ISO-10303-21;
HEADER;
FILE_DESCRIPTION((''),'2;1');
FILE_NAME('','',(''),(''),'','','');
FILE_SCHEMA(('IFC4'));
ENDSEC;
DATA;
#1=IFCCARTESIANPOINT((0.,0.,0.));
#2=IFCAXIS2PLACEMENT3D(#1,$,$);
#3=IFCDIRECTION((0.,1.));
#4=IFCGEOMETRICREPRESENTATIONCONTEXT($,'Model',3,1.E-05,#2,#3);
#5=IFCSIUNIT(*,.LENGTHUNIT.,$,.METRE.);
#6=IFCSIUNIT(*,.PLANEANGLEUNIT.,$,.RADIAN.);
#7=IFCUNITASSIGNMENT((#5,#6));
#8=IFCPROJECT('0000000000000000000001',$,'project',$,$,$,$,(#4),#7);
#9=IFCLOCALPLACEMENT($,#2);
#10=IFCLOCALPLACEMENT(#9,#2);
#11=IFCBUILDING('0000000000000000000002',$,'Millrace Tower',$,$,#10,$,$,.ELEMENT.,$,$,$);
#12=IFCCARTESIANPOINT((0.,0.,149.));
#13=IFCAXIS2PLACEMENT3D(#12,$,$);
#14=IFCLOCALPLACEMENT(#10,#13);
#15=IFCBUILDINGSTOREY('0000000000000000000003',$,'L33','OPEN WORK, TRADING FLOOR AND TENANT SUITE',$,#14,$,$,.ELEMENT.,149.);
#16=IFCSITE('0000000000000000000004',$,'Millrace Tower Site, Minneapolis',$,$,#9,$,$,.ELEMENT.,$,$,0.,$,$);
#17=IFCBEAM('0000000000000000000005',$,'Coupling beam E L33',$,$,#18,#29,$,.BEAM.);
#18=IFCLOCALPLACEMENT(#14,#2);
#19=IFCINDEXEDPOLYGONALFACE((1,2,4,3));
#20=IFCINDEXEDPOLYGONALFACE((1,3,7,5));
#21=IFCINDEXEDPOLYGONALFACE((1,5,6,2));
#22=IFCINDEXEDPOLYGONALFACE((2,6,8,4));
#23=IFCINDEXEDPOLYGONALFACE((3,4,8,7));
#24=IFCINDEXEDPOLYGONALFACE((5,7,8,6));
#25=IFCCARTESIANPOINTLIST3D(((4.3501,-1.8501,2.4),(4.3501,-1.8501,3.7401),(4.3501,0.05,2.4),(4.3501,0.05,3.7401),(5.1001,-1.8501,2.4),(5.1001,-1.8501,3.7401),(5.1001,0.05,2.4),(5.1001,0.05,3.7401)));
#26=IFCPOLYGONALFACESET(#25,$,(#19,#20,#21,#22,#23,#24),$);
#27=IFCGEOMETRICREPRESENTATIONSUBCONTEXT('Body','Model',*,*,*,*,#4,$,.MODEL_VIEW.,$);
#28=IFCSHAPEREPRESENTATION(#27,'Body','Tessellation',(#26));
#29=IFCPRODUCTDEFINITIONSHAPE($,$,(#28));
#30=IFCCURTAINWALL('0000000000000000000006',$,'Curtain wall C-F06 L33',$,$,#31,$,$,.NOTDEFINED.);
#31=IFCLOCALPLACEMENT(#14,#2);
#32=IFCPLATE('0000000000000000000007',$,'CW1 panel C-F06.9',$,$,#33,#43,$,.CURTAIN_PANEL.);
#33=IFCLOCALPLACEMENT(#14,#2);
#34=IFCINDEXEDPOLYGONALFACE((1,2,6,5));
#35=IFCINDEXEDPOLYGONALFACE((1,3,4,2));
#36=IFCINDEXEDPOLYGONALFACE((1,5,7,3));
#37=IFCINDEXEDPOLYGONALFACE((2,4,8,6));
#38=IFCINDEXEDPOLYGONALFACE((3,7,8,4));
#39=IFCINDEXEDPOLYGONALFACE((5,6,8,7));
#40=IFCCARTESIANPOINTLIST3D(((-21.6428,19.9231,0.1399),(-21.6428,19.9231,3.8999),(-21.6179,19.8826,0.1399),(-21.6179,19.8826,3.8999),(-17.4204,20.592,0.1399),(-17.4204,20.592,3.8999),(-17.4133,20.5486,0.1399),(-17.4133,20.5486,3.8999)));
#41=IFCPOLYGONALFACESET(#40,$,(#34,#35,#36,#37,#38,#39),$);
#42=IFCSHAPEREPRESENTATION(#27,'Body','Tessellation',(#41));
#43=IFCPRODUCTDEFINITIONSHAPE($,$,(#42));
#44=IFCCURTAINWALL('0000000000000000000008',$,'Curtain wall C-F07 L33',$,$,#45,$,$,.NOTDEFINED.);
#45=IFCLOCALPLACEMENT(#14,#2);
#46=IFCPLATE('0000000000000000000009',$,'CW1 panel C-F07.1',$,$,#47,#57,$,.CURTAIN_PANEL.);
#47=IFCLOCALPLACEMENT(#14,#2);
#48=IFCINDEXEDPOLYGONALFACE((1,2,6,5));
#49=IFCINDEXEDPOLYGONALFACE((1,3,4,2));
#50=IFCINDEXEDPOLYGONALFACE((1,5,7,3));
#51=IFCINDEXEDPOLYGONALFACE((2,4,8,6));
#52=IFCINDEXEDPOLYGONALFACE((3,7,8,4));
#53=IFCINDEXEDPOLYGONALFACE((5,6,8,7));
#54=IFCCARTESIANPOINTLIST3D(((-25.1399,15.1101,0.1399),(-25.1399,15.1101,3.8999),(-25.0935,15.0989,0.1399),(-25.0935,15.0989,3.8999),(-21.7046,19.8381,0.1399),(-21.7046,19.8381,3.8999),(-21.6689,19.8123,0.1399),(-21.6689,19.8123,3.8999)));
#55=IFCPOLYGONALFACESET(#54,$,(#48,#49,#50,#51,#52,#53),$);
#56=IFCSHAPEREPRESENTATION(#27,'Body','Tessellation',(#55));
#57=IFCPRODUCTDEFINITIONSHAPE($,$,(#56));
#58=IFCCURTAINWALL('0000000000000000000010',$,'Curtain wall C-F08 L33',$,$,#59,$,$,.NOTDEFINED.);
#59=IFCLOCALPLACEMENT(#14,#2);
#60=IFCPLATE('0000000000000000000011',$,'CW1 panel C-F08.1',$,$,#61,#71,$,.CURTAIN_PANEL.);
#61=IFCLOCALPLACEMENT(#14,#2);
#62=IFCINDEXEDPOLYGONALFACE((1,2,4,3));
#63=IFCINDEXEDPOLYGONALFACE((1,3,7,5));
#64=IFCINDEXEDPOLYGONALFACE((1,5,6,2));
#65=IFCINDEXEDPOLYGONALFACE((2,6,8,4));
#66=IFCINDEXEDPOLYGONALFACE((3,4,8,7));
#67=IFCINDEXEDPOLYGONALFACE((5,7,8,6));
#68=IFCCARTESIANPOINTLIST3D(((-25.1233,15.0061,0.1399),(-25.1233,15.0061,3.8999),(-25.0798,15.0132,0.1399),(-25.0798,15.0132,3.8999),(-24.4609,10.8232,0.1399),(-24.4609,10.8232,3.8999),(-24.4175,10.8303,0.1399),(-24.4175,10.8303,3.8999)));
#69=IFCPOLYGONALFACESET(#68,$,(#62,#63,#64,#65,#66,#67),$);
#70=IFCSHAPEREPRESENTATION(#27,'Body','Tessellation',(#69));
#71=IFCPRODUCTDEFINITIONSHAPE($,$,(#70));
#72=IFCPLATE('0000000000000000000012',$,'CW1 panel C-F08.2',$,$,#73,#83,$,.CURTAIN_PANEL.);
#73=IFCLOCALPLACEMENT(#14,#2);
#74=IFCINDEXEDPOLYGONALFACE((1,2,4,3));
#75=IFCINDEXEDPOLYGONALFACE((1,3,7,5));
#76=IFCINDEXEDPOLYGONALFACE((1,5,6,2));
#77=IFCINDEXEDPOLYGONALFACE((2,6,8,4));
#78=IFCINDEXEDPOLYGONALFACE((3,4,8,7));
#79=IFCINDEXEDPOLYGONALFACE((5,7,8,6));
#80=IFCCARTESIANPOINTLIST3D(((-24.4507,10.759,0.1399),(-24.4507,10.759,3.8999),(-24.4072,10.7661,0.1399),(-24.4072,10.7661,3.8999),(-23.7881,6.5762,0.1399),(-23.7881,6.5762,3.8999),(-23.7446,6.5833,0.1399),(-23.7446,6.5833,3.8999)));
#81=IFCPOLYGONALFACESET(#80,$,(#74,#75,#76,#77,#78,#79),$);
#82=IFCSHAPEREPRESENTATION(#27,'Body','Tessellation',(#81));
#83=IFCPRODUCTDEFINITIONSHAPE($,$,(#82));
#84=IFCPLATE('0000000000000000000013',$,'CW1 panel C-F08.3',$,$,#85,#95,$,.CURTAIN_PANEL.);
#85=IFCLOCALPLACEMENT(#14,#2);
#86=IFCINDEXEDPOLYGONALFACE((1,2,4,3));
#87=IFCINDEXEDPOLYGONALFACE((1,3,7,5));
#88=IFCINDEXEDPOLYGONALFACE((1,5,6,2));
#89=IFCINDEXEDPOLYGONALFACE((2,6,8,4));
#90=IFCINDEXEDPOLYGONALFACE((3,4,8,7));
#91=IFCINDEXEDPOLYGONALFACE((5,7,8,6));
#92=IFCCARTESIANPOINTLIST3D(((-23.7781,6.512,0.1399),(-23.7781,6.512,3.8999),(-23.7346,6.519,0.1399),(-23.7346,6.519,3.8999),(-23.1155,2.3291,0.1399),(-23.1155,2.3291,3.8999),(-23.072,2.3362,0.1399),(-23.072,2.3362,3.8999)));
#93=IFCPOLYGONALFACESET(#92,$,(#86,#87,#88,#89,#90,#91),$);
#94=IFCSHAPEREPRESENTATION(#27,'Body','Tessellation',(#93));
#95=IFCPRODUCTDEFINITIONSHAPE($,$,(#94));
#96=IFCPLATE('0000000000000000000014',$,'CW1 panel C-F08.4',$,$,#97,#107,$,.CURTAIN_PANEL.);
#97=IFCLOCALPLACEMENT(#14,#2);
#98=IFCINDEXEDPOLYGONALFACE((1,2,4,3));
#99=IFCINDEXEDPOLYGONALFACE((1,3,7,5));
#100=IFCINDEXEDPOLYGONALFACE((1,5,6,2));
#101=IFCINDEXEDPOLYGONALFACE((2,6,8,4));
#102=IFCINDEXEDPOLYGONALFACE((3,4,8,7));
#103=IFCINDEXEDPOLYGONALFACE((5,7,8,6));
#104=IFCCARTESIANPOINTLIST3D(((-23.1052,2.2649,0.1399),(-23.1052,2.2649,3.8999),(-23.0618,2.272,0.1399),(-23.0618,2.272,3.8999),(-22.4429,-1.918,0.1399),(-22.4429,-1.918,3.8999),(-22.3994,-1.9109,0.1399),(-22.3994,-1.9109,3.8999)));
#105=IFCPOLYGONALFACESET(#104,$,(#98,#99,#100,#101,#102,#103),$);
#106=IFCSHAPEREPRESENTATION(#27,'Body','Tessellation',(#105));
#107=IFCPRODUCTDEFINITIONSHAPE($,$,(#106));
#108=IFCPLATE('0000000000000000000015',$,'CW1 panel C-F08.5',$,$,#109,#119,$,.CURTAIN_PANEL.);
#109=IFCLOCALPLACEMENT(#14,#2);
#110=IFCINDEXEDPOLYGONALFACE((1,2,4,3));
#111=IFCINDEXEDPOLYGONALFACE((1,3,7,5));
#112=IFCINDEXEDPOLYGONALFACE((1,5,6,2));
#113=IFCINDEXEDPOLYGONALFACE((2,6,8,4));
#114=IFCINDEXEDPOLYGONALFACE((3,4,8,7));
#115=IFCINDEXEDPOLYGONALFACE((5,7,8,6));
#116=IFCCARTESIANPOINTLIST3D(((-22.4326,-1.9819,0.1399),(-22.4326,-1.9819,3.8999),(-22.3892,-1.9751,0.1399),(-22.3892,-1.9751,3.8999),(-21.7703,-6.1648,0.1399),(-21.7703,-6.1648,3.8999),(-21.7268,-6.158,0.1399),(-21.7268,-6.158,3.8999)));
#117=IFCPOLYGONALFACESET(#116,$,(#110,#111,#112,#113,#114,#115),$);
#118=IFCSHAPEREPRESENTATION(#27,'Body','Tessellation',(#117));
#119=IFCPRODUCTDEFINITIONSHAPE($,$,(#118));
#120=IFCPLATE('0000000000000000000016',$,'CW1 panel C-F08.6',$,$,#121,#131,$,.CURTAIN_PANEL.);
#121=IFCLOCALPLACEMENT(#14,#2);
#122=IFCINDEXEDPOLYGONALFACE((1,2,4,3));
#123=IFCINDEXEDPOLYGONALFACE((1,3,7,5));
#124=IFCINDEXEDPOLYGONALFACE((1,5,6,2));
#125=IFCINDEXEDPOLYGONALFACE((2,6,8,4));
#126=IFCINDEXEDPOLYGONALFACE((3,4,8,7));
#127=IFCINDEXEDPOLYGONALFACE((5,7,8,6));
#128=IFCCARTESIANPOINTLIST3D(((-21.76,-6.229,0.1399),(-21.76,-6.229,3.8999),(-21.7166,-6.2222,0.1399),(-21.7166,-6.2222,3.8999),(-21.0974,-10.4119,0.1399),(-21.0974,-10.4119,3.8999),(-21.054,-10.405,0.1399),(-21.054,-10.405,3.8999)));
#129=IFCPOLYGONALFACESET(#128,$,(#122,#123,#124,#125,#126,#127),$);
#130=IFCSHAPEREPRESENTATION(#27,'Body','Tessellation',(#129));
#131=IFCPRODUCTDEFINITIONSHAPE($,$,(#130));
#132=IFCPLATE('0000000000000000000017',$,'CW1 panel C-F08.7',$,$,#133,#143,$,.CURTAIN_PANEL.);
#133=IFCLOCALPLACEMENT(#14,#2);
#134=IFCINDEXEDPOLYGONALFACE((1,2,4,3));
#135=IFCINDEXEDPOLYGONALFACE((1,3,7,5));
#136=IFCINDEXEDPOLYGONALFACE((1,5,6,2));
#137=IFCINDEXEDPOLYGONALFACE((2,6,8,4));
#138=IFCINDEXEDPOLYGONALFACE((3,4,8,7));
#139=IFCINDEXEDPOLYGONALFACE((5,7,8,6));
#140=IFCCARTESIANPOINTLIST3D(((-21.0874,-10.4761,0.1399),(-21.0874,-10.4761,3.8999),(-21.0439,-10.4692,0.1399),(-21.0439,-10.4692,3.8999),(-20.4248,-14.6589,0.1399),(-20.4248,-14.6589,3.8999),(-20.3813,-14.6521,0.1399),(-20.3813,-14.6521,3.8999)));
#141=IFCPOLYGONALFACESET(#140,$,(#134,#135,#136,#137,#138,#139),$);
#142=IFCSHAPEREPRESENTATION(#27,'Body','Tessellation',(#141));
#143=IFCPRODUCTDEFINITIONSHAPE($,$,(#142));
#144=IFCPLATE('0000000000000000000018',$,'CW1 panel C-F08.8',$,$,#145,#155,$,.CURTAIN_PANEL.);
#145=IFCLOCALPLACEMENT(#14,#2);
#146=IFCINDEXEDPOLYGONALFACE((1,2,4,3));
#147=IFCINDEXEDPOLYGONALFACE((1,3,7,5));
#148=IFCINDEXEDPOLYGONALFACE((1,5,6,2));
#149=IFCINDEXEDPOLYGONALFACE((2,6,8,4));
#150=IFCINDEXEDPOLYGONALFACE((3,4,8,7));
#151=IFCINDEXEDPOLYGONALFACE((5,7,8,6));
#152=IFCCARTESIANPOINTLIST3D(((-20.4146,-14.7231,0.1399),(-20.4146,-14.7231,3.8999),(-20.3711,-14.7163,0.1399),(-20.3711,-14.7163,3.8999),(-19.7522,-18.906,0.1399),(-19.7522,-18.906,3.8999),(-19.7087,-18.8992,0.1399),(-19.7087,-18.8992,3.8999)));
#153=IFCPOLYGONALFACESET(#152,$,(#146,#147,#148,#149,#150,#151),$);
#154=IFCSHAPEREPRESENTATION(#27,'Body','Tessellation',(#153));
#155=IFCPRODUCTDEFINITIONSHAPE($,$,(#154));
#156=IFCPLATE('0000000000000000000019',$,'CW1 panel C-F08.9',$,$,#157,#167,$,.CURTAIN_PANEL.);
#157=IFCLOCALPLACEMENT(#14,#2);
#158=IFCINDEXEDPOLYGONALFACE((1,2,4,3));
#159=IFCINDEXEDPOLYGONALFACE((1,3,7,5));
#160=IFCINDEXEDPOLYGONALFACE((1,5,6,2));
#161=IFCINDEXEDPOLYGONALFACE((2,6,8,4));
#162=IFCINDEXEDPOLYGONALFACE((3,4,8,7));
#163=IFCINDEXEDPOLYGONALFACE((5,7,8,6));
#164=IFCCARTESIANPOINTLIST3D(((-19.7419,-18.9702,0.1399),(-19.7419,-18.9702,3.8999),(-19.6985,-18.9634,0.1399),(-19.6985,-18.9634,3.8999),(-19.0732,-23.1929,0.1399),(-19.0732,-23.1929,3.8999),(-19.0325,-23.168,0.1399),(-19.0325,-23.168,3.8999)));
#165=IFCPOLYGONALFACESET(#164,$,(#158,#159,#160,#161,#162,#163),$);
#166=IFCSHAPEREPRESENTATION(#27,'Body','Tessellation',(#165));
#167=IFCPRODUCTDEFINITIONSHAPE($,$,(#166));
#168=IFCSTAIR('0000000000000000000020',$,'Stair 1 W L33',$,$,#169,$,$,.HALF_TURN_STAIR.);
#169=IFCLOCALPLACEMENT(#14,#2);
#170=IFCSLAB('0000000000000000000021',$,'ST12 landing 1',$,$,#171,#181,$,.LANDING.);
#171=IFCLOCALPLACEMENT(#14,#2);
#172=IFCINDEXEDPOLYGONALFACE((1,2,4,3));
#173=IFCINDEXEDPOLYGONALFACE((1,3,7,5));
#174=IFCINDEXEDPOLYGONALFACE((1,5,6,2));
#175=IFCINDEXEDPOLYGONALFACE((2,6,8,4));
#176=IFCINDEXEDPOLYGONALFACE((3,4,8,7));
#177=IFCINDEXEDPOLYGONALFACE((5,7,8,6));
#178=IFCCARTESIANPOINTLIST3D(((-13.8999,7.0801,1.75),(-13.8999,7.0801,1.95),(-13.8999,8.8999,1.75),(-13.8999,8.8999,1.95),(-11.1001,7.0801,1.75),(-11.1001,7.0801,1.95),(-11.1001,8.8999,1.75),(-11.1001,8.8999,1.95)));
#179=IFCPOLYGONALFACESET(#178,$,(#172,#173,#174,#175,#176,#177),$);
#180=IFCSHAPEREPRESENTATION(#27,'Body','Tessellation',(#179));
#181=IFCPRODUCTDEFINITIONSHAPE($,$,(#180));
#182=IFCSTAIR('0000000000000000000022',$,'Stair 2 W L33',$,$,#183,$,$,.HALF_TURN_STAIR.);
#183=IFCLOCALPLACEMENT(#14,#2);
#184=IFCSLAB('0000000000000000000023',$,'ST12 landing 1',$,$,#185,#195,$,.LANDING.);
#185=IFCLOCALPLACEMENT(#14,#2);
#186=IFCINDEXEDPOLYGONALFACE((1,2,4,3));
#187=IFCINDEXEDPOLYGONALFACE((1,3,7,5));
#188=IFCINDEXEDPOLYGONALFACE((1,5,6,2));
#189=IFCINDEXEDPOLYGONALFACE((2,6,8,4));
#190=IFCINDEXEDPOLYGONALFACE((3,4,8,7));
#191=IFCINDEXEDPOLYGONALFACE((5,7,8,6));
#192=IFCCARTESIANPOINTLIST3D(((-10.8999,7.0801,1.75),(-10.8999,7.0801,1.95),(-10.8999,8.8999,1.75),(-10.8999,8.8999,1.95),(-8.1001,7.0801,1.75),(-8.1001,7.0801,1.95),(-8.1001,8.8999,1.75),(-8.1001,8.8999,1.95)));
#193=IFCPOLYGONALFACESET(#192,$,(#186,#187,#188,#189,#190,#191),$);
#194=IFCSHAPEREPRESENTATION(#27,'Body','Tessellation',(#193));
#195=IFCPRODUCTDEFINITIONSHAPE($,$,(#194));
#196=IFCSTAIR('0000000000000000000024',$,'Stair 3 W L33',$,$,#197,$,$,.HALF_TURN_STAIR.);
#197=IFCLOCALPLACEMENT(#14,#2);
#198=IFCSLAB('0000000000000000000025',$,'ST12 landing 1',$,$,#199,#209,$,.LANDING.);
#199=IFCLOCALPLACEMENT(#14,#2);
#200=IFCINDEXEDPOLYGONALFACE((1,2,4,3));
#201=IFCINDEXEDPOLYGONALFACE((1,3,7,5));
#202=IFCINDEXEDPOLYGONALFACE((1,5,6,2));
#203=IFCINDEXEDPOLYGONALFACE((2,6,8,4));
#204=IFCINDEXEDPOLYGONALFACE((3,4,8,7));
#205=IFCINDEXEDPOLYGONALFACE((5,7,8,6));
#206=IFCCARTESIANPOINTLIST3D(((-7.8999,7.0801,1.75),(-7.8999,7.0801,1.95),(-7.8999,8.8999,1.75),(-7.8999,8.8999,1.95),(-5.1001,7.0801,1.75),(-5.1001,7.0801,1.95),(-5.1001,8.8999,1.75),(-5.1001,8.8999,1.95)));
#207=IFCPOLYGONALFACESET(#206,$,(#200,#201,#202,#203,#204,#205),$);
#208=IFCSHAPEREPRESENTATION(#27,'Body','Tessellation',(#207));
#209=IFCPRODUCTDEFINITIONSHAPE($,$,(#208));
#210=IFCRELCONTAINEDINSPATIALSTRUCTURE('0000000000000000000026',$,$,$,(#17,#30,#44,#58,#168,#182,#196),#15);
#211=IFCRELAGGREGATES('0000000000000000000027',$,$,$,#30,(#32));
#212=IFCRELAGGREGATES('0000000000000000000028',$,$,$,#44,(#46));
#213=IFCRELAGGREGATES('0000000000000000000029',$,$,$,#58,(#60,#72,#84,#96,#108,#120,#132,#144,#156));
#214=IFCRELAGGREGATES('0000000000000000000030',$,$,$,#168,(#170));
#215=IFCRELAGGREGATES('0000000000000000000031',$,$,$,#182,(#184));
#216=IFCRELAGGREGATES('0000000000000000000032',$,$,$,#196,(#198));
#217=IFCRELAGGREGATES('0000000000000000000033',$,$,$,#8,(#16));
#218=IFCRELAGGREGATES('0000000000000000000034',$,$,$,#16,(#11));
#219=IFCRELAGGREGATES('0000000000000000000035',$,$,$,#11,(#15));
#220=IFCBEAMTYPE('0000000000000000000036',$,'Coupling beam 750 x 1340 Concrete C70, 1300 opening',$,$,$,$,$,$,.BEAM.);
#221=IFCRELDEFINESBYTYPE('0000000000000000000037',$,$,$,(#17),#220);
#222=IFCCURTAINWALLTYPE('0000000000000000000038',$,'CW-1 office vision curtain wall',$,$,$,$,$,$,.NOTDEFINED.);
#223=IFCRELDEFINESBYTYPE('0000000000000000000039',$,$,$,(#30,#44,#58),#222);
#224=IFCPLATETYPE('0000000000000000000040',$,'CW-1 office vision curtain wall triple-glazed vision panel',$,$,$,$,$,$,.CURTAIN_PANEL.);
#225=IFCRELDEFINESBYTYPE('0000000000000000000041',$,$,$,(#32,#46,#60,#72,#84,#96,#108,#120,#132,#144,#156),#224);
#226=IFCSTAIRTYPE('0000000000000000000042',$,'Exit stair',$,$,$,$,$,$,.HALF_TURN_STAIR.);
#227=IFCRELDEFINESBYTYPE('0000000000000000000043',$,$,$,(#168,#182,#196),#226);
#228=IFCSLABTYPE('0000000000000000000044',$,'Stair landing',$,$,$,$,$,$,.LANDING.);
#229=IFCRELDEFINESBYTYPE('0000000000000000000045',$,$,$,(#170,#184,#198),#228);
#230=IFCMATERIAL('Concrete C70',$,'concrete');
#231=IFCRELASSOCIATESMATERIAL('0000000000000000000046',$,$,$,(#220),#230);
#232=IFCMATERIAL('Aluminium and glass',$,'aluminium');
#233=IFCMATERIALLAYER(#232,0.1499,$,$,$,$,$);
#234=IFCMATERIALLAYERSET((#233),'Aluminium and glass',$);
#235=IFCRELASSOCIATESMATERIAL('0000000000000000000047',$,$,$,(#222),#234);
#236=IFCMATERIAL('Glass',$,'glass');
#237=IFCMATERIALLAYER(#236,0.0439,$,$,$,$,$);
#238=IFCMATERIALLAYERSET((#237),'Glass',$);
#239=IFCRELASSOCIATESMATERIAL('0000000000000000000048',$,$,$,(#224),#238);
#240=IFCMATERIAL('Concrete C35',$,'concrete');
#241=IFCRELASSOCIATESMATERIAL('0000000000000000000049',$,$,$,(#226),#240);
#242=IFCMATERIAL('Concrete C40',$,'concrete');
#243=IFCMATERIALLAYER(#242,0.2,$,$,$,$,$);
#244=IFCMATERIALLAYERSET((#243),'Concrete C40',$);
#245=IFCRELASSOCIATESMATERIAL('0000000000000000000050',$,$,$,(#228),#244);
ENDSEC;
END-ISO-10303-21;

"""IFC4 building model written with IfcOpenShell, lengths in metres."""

from ifc_helpers import new_model, si_unit, direction, frame, origin, origin_2d, place, context, subcontext, project, spatial, polyline, rectangle, outline, extrude, material, layer, layer_set, material_profile, profile_set, type_object, element, aggregate, save


model = new_model("IFC4")

# Units and contexts
model_context = context("Model", 3, precision=1e-05, world=origin(), true_north=direction((0.0, 1.0)))
body_context = subcontext(model_context, "Body", "Model", "MODEL_VIEW")
ifc_project = project(units=[si_unit("LENGTHUNIT", "METRE"), si_unit("PLANEANGLEUNIT", "RADIAN")], contexts=[model_context])

# Site, building, storey
site_placement = place(None, origin())
site = spatial("IfcSite", under=ifc_project, at=site_placement, Name="Millrace Tower Site, Minneapolis", CompositionType="ELEMENT", RefElevation=0.0)
building_placement = place(site_placement, origin())
building = spatial("IfcBuilding", under=site, at=building_placement, Name="Millrace Tower", CompositionType="ELEMENT")
storey_placement = place(building_placement, frame((0.0, 0.0, 149.0)))
storey = spatial("IfcBuildingStorey", under=building, at=storey_placement, Name="L33", Description="OPEN WORK, TRADING FLOOR AND TENANT SUITE", CompositionType="ELEMENT", Elevation=149.0)

# Beam
ifc_material_1 = material(Name="Concrete C70", Category="concrete")
ifc_material_profile = material_profile(ifc_material_1, rectangle(XDim=0.75, YDim=1.3401, at=origin_2d()))
ifc_profile_set = profile_set([ifc_material_profile], Name="Concrete C70")
beam_type = type_object("IfcBeamType", Name="Coupling beam 750 x 1340 Concrete C70, 1300 opening", PredefinedType="BEAM", material=ifc_profile_set)
beam_placement = place(storey_placement, frame((4.7251, 0.05, 3.0701), z_axis=(0.0, -1.0, 0.0), x_axis=(1.0, 0.0, 0.0)))
element("IfcBeam", 1, at=beam_placement, inside=storey, type_object=beam_type, Name="Coupling beam E L33", PredefinedType="BEAM", context=body_context, shape_type="SweptSolid", body=[
    extrude(rectangle(XDim=0.75, YDim=1.3401, at=origin_2d()), origin(), (0.0, 0.0, 1.0), 1.9001),
])

# Curtain walls, plates
ifc_material_2 = material(Name="Aluminium and glass", Category="aluminium")
ifc_layer_1 = layer(ifc_material_2, 0.1499)
ifc_layer_set_1 = layer_set([ifc_layer_1], Name="Aluminium and glass")
curtain_wall_type = type_object("IfcCurtainWallType", Name="CW-1 office vision curtain wall", PredefinedType="NOTDEFINED", material=ifc_layer_set_1)
placement_1 = place(storey_placement, origin())
curtain_wall_1 = element("IfcCurtainWall", 2, at=placement_1, inside=storey, type_object=curtain_wall_type, Name="Curtain wall C-F06 L33", PredefinedType="NOTDEFINED")
ifc_material_3 = material(Name="Glass", Category="glass")
ifc_layer_2 = layer(ifc_material_3, 0.0439)
ifc_layer_set_2 = layer_set([ifc_layer_2], Name="Glass")
plate_type = type_object("IfcPlateType", Name="CW-1 office vision curtain wall triple-glazed vision panel", PredefinedType="CURTAIN_PANEL", material=ifc_layer_set_2)
placement_2 = place(storey_placement, frame((0.0, 0.0, 0.1399)))
plate_1 = element("IfcPlate", 3, at=placement_2, type_object=plate_type, Name="CW1 panel C-F06.9", PredefinedType="CURTAIN_PANEL", context=body_context, shape_type="SweptSolid", body=[
    extrude(outline(polyline([(-17.4204, 20.592), (-21.6428, 19.9231), (-21.6179, 19.8826), (-17.4133, 20.5486), (-17.4204, 20.592)])), origin(), (0.0, 0.0, 1.0), 3.76),
])
aggregate(curtain_wall_1, [plate_1])
curtain_wall_2 = element("IfcCurtainWall", 4, at=placement_1, inside=storey, type_object=curtain_wall_type, Name="Curtain wall C-F07 L33", PredefinedType="NOTDEFINED")
plate_2 = element("IfcPlate", 5, at=placement_2, type_object=plate_type, Name="CW1 panel C-F07.1", PredefinedType="CURTAIN_PANEL", context=body_context, shape_type="SweptSolid", body=[
    extrude(outline(polyline([(-21.7046, 19.8381), (-25.1399, 15.1101), (-25.0935, 15.0989), (-21.6689, 19.8123), (-21.7046, 19.8381)])), origin(), (0.0, 0.0, 1.0), 3.76),
])
aggregate(curtain_wall_2, [plate_2])

# Curtain wall, plates
curtain_wall_3 = element("IfcCurtainWall", 6, at=placement_1, inside=storey, type_object=curtain_wall_type, Name="Curtain wall C-F08 L33", PredefinedType="NOTDEFINED")
plate_3 = element("IfcPlate", 7, at=placement_2, type_object=plate_type, Name="CW1 panel C-F08.1", PredefinedType="CURTAIN_PANEL", context=body_context, shape_type="SweptSolid", body=[
    extrude(outline(polyline([(-25.1233, 15.0061), (-24.4609, 10.8232), (-24.4175, 10.8303), (-25.0798, 15.0132), (-25.1233, 15.0061)])), origin(), (0.0, 0.0, 1.0), 3.76),
])
plate_4 = element("IfcPlate", 8, at=placement_2, type_object=plate_type, Name="CW1 panel C-F08.2", PredefinedType="CURTAIN_PANEL", context=body_context, shape_type="SweptSolid", body=[
    extrude(outline(polyline([(-24.4507, 10.759), (-23.7881, 6.5762), (-23.7446, 6.5833), (-24.4072, 10.7661), (-24.4507, 10.759)])), origin(), (0.0, 0.0, 1.0), 3.76),
])
plate_5 = element("IfcPlate", 9, at=placement_2, type_object=plate_type, Name="CW1 panel C-F08.3", PredefinedType="CURTAIN_PANEL", context=body_context, shape_type="SweptSolid", body=[
    extrude(outline(polyline([(-23.7781, 6.512), (-23.1155, 2.3291), (-23.072, 2.3362), (-23.7346, 6.519), (-23.7781, 6.512)])), origin(), (0.0, 0.0, 1.0), 3.76),
])
plate_6 = element("IfcPlate", 10, at=placement_2, type_object=plate_type, Name="CW1 panel C-F08.4", PredefinedType="CURTAIN_PANEL", context=body_context, shape_type="SweptSolid", body=[
    extrude(outline(polyline([(-23.1052, 2.2649), (-22.4429, -1.918), (-22.3994, -1.9109), (-23.0618, 2.272), (-23.1052, 2.2649)])), origin(), (0.0, 0.0, 1.0), 3.76),
])
plate_7 = element("IfcPlate", 11, at=placement_2, type_object=plate_type, Name="CW1 panel C-F08.5", PredefinedType="CURTAIN_PANEL", context=body_context, shape_type="SweptSolid", body=[
    extrude(outline(polyline([(-22.4326, -1.9819), (-21.7703, -6.1648), (-21.7268, -6.158), (-22.3892, -1.9751), (-22.4326, -1.9819)])), origin(), (0.0, 0.0, 1.0), 3.76),
])
plate_8 = element("IfcPlate", 12, at=placement_2, type_object=plate_type, Name="CW1 panel C-F08.6", PredefinedType="CURTAIN_PANEL", context=body_context, shape_type="SweptSolid", body=[
    extrude(outline(polyline([(-21.76, -6.229), (-21.0974, -10.4119), (-21.054, -10.405), (-21.7166, -6.2222), (-21.76, -6.229)])), origin(), (0.0, 0.0, 1.0), 3.76),
])
plate_9 = element("IfcPlate", 13, at=placement_2, type_object=plate_type, Name="CW1 panel C-F08.7", PredefinedType="CURTAIN_PANEL", context=body_context, shape_type="SweptSolid", body=[
    extrude(outline(polyline([(-21.0874, -10.4761), (-20.4248, -14.6589), (-20.3813, -14.6521), (-21.0439, -10.4692), (-21.0874, -10.4761)])), origin(), (0.0, 0.0, 1.0), 3.76),
])
plate_10 = element("IfcPlate", 14, at=placement_2, type_object=plate_type, Name="CW1 panel C-F08.8", PredefinedType="CURTAIN_PANEL", context=body_context, shape_type="SweptSolid", body=[
    extrude(outline(polyline([(-20.4146, -14.7231), (-19.7522, -18.906), (-19.7087, -18.8992), (-20.3711, -14.7163), (-20.4146, -14.7231)])), origin(), (0.0, 0.0, 1.0), 3.76),
])
plate_11 = element("IfcPlate", 15, at=placement_2, type_object=plate_type, Name="CW1 panel C-F08.9", PredefinedType="CURTAIN_PANEL", context=body_context, shape_type="SweptSolid", body=[
    extrude(outline(polyline([(-19.7419, -18.9702), (-19.0732, -23.1929), (-19.0325, -23.168), (-19.6985, -18.9634), (-19.7419, -18.9702)])), origin(), (0.0, 0.0, 1.0), 3.76),
])
aggregate(curtain_wall_3, [plate_3, plate_4, plate_5, plate_6, plate_7, plate_8, plate_9, plate_10, plate_11])

# Stairs, slabs
ifc_material_4 = material(Name="Concrete C35", Category="concrete")
stair_type = type_object("IfcStairType", Name="Exit stair", PredefinedType="HALF_TURN_STAIR", material=ifc_material_4)
stair_1 = element("IfcStair", 16, at=placement_1, inside=storey, type_object=stair_type, Name="Stair 1 W L33", PredefinedType="HALF_TURN_STAIR")
ifc_material_5 = material(Name="Concrete C40", Category="concrete")
ifc_layer_3 = layer(ifc_material_5, 0.2)
ifc_layer_set_3 = layer_set([ifc_layer_3], Name="Concrete C40")
slab_type = type_object("IfcSlabType", Name="Stair landing", PredefinedType="LANDING", material=ifc_layer_set_3)
placement_3 = place(storey_placement, frame((0.0, 0.0, 1.75)))
slab_1 = element("IfcSlab", 17, at=placement_3, type_object=slab_type, Name="ST12 landing 1", PredefinedType="LANDING", context=body_context, shape_type="SweptSolid", body=[
    extrude(outline(polyline([(-13.8999, 7.0801), (-11.1001, 7.0801), (-11.1001, 8.8999), (-13.8999, 8.8999), (-13.8999, 7.0801)])), origin(), (0.0, 0.0, 1.0), 0.2),
])
aggregate(stair_1, [slab_1])
stair_2 = element("IfcStair", 18, at=placement_1, inside=storey, type_object=stair_type, Name="Stair 2 W L33", PredefinedType="HALF_TURN_STAIR")
slab_2 = element("IfcSlab", 19, at=placement_3, type_object=slab_type, Name="ST12 landing 1", PredefinedType="LANDING", context=body_context, shape_type="SweptSolid", body=[
    extrude(outline(polyline([(-10.8999, 7.0801), (-8.1001, 7.0801), (-8.1001, 8.8999), (-10.8999, 8.8999), (-10.8999, 7.0801)])), origin(), (0.0, 0.0, 1.0), 0.2),
])
aggregate(stair_2, [slab_2])
stair_3 = element("IfcStair", 20, at=placement_1, inside=storey, type_object=stair_type, Name="Stair 3 W L33", PredefinedType="HALF_TURN_STAIR")
slab_3 = element("IfcSlab", 21, at=placement_3, type_object=slab_type, Name="ST12 landing 1", PredefinedType="LANDING", context=body_context, shape_type="SweptSolid", body=[
    extrude(outline(polyline([(-7.8999, 7.0801), (-5.1001, 7.0801), (-5.1001, 8.8999), (-7.8999, 8.8999), (-7.8999, 7.0801)])), origin(), (0.0, 0.0, 1.0), 0.2),
])
aggregate(stair_3, [slab_3])

save(model, "model.ifc")
